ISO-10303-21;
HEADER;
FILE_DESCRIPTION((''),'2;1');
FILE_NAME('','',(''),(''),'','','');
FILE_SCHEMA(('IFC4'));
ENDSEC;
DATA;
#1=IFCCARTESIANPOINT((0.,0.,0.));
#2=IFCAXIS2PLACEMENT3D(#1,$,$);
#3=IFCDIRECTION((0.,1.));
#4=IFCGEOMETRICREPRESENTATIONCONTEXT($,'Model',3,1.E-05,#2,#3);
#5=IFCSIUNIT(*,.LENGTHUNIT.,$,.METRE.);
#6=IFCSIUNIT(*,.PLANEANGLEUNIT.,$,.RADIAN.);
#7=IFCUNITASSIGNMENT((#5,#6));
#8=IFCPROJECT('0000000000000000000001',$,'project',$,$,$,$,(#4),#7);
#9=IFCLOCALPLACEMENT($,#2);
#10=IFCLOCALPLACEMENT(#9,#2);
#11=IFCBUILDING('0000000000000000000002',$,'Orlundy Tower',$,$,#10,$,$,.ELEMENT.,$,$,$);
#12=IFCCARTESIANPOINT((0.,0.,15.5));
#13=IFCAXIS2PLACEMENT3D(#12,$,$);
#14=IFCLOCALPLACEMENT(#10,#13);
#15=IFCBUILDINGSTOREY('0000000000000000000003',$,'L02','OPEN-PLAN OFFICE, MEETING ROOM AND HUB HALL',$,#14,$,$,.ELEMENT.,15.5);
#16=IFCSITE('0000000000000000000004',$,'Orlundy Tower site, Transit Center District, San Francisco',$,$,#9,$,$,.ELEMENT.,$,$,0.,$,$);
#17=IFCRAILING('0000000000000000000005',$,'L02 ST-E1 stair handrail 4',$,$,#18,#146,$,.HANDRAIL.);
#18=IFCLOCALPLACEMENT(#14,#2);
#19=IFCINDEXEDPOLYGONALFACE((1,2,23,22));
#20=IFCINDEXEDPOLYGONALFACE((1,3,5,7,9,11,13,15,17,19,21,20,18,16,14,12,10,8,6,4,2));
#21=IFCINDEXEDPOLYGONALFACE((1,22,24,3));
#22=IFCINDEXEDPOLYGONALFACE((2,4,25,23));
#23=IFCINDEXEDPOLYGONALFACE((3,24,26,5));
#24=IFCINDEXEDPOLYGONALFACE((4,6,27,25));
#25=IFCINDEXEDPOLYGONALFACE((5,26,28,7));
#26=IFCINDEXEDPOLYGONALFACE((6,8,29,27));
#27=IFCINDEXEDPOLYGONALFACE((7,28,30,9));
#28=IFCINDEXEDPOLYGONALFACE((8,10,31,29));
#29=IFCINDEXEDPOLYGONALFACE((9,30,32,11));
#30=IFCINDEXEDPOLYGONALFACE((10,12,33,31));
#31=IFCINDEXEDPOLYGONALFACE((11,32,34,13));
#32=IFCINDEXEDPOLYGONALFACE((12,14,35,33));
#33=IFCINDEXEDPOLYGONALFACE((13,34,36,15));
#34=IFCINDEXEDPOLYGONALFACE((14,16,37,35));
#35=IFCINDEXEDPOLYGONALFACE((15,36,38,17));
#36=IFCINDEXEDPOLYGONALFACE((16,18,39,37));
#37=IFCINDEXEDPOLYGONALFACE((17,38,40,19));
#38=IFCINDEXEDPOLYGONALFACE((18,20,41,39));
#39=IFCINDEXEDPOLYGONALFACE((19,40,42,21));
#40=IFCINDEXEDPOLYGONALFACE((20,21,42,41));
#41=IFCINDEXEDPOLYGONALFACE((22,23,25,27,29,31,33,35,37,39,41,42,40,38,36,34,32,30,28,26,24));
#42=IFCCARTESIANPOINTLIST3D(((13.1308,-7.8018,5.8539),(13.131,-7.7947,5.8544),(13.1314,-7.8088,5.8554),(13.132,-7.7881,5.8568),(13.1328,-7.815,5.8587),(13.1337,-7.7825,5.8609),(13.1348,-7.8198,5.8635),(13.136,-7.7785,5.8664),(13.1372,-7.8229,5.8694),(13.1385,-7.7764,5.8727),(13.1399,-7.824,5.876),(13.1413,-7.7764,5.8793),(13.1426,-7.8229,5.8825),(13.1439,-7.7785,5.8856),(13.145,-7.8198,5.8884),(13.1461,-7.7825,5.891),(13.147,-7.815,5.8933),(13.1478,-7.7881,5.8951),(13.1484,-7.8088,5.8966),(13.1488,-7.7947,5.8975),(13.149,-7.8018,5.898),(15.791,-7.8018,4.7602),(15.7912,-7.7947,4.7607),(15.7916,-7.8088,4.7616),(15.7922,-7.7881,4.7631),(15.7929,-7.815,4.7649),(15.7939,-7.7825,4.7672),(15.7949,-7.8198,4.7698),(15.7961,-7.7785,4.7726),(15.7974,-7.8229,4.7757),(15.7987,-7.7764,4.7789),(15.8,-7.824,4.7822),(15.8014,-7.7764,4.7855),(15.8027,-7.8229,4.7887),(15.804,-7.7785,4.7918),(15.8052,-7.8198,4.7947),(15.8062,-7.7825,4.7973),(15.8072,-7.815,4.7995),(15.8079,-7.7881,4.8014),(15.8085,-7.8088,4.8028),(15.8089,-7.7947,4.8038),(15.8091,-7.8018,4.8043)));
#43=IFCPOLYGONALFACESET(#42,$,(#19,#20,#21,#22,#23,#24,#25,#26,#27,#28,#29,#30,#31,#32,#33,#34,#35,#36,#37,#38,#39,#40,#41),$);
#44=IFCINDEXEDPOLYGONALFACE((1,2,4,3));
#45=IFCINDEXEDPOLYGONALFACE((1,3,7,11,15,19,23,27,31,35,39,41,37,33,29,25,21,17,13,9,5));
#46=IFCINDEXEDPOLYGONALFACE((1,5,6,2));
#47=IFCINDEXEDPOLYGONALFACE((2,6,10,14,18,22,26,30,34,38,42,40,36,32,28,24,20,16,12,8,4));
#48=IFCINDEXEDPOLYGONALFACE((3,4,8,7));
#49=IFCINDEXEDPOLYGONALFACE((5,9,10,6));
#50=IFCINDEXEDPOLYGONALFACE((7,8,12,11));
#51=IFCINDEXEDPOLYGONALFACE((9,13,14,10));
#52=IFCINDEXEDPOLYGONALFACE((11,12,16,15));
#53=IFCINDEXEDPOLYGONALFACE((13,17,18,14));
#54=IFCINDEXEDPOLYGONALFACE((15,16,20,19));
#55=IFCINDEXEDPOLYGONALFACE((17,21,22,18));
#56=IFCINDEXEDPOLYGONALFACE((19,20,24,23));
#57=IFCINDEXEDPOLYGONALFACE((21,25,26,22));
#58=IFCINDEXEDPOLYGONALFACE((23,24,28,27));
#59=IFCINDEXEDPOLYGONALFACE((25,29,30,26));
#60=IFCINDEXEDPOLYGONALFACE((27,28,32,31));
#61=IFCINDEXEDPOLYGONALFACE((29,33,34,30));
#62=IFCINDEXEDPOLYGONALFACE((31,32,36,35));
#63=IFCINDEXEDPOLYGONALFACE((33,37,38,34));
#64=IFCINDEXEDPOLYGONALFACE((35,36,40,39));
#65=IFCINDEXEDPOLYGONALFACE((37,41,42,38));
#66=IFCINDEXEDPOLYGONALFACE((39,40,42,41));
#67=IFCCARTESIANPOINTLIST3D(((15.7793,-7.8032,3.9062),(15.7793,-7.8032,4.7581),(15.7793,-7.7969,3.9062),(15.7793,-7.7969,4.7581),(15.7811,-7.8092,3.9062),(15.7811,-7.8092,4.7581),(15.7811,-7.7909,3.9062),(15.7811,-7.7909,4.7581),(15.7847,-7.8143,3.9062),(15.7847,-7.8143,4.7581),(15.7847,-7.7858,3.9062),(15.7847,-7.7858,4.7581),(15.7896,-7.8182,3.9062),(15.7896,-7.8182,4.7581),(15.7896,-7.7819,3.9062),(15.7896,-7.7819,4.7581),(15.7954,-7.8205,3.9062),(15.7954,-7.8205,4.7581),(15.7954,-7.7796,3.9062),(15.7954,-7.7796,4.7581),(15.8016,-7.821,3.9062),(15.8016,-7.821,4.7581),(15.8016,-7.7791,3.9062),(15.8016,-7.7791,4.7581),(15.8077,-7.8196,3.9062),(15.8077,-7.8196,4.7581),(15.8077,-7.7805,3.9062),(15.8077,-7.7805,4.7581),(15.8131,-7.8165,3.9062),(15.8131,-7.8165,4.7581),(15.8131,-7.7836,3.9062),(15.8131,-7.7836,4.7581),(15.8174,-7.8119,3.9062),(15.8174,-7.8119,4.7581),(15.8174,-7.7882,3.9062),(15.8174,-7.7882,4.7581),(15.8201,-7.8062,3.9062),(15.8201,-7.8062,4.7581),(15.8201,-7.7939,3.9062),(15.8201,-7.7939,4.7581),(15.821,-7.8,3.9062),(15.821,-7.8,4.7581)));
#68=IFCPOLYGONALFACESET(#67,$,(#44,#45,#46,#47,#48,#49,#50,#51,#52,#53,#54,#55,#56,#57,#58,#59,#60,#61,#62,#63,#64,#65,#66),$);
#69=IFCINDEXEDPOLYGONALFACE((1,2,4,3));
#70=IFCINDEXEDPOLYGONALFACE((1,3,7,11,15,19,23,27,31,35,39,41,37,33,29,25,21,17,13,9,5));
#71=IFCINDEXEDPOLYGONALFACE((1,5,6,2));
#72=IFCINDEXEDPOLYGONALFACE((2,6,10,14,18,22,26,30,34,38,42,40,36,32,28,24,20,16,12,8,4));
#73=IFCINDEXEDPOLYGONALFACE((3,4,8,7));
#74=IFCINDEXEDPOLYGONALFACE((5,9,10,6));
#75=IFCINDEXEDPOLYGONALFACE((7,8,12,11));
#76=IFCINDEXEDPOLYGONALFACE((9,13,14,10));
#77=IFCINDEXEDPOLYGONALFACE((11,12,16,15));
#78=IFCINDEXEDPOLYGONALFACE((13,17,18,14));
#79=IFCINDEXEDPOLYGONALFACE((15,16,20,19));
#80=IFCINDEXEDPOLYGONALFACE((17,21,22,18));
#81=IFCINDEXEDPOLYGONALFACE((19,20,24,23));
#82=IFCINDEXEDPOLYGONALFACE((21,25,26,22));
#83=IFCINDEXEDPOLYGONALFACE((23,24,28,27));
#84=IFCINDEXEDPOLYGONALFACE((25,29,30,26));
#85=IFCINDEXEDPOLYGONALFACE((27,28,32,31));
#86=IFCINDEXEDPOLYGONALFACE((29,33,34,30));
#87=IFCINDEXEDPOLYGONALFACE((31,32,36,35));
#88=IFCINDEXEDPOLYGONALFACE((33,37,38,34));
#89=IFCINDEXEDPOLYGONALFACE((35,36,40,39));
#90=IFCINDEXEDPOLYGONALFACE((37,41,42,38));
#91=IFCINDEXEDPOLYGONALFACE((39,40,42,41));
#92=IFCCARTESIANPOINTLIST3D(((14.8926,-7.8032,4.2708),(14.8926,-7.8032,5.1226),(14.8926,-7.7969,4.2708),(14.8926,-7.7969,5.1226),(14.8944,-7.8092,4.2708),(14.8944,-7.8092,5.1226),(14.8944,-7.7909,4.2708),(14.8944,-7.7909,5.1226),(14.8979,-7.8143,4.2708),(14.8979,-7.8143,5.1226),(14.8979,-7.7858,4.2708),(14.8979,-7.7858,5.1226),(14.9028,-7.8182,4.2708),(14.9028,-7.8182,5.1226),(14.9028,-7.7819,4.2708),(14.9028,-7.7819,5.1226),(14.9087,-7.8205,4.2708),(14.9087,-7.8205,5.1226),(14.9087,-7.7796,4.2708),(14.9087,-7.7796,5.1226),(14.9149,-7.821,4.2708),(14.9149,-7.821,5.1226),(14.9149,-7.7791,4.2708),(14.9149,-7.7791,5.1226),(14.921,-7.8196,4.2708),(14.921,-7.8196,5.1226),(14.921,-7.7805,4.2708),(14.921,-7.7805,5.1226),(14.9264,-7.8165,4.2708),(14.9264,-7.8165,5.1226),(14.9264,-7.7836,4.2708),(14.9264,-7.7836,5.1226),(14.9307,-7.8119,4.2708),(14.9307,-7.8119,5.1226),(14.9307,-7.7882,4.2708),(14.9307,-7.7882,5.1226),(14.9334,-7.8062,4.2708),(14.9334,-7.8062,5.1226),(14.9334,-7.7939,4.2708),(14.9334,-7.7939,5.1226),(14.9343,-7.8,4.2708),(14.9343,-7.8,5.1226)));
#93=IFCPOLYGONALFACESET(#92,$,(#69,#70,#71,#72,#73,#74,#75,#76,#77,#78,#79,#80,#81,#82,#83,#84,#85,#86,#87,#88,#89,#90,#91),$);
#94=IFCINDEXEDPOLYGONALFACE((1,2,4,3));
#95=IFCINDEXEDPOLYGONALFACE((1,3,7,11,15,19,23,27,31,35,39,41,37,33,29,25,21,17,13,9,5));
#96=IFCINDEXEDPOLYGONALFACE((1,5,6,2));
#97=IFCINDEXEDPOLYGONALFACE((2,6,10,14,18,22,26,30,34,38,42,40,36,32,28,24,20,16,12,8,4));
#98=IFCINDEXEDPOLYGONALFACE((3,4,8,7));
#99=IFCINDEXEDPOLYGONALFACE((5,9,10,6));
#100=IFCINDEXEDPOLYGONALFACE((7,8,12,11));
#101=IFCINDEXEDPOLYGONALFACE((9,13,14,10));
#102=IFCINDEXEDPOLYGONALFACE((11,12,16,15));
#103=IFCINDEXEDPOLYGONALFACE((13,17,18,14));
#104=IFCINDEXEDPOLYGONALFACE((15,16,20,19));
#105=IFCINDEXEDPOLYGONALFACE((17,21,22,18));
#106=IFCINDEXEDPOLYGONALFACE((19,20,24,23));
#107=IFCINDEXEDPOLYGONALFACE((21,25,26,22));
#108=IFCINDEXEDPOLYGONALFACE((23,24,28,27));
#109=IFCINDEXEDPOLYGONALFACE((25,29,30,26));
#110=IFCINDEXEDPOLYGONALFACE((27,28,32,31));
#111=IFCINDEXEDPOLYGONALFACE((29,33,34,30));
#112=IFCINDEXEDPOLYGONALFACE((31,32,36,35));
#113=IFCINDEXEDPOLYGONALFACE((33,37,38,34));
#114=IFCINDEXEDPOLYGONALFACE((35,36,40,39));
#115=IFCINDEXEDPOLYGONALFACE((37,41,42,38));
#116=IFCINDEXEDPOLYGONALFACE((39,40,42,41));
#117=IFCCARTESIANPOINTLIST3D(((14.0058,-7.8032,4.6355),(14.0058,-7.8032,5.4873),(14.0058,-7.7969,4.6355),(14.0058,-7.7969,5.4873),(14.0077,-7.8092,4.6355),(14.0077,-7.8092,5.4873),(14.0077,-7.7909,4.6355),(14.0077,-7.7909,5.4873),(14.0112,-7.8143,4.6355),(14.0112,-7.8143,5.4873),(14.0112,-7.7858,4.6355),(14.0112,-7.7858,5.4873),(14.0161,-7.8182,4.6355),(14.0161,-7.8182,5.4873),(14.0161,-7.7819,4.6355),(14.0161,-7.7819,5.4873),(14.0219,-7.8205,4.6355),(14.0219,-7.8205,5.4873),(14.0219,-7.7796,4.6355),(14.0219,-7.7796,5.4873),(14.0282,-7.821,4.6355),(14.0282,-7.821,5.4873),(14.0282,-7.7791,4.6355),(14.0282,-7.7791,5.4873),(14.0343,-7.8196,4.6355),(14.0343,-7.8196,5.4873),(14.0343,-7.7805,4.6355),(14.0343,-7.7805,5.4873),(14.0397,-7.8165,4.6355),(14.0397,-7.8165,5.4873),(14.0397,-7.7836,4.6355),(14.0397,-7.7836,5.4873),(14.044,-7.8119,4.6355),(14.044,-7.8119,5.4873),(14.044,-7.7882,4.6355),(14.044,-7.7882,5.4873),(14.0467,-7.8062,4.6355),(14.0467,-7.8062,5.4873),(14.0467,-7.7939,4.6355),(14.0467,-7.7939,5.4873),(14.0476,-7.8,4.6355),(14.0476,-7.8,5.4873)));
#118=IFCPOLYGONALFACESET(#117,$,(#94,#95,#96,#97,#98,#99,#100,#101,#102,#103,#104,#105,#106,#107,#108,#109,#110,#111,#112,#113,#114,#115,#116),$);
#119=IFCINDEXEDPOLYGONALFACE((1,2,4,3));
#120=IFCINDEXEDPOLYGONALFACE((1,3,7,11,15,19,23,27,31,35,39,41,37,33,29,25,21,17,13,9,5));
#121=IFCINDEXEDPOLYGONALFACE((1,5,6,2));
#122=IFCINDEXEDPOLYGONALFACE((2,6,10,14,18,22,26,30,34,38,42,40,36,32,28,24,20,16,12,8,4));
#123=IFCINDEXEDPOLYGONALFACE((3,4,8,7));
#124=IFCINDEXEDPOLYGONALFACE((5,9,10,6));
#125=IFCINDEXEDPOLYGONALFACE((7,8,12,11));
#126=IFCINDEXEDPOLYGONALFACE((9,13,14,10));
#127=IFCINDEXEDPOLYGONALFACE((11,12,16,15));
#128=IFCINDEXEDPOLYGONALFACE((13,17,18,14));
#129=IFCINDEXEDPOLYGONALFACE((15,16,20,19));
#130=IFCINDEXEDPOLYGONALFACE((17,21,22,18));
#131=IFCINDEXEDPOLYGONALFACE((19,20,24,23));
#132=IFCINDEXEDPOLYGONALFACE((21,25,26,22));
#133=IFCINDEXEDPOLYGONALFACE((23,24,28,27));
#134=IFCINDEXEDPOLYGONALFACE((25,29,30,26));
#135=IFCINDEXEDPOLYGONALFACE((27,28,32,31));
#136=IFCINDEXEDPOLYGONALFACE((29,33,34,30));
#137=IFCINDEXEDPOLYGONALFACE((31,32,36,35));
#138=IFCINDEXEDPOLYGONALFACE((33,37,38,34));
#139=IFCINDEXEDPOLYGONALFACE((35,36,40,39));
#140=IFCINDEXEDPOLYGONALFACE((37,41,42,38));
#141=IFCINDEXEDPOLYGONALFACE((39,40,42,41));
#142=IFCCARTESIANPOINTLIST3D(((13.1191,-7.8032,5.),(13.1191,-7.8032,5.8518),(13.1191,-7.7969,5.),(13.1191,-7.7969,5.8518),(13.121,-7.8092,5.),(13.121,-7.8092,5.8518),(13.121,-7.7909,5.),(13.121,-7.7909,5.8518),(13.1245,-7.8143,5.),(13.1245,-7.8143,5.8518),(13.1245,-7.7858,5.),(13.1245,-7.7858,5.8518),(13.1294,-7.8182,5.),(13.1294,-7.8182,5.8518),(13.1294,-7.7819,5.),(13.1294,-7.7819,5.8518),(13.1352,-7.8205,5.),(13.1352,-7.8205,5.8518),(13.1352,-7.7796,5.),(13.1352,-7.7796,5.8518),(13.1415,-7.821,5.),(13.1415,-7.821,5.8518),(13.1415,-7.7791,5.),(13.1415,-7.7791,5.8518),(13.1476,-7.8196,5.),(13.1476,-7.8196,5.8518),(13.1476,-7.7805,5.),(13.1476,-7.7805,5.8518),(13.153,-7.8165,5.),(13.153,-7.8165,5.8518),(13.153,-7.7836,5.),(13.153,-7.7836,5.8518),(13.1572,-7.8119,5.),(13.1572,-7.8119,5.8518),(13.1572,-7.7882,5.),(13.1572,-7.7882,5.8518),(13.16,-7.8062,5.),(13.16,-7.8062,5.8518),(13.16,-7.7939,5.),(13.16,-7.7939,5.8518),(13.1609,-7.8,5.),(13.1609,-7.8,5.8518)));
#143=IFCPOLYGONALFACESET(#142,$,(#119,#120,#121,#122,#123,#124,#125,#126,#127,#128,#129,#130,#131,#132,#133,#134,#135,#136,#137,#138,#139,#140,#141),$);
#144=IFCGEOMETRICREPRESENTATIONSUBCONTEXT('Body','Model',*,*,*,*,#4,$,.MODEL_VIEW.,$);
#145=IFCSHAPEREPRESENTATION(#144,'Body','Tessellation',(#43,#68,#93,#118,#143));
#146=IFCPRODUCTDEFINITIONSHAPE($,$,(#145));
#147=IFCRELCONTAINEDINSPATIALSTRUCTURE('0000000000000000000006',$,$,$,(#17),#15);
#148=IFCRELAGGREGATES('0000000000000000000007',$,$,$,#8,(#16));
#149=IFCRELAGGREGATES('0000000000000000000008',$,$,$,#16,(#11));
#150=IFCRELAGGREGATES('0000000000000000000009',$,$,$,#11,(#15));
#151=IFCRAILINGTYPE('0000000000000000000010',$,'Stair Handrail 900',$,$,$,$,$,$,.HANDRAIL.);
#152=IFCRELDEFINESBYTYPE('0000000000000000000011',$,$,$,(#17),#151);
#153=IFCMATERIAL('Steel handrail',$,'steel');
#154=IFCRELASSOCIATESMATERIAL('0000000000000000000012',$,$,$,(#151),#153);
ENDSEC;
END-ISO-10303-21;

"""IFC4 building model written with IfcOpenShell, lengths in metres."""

from ifc_helpers import new_model, si_unit, direction, frame, origin, origin_2d, place, context, subcontext, project, spatial, circle, extrude, material, type_object, element, save


model = new_model("IFC4")

# Units and contexts
model_context = context("Model", 3, precision=1e-05, world=origin(), true_north=direction((0.0, 1.0)))
body_context = subcontext(model_context, "Body", "Model", "MODEL_VIEW")
ifc_project = project(units=[si_unit("LENGTHUNIT", "METRE"), si_unit("PLANEANGLEUNIT", "RADIAN")], contexts=[model_context])

# Site, building, storey
site_placement = place(None, origin())
site = spatial("IfcSite", under=ifc_project, at=site_placement, Name="Orlundy Tower site, Transit Center District, San Francisco", CompositionType="ELEMENT", RefElevation=0.0)
building_placement = place(site_placement, origin())
building = spatial("IfcBuilding", under=site, at=building_placement, Name="Orlundy Tower", CompositionType="ELEMENT")
storey_placement = place(building_placement, frame((0.0, 0.0, 15.5)))
storey = spatial("IfcBuildingStorey", under=building, at=storey_placement, Name="L02", Description="OPEN-PLAN OFFICE, MEETING ROOM AND HUB HALL", CompositionType="ELEMENT", Elevation=15.5)

# Railing
ifc_material_1 = material(Name="Steel handrail", Category="steel")
railing_type = type_object("IfcRailingType", Name="Stair Handrail 900", PredefinedType="HANDRAIL", material=ifc_material_1)
railing_placement = place(storey_placement, frame((15.8, -7.8, 3.9062)))
element("IfcRailing", 1, at=railing_placement, inside=storey, type_object=railing_type, Name="L02 ST-E1 stair handrail 4", PredefinedType="HANDRAIL", context=body_context, shape_type="SweptSolid", body=[
    extrude(circle(Radius=0.0239, at=origin_2d()), frame((0.0, 0.0, 0.876), z_axis=(-0.924875, 0.0, 0.380272), x_axis=(0.0, -1.0, 0.0)), (0.0, 0.0, 1.0), 2.8762),
    extrude(circle(Radius=0.021, at=origin_2d()), origin(), (0.0, 0.0, 1.0), 0.8518),
    extrude(circle(Radius=0.021, at=origin_2d()), frame((-0.8867, 0.0, 0.3645)), (0.0, 0.0, 1.0), 0.8518),
    extrude(circle(Radius=0.021, at=origin_2d()), frame((-1.7734, 0.0, 0.7292)), (0.0, 0.0, 1.0), 0.8518),
    extrude(circle(Radius=0.021, at=origin_2d()), frame((-2.6602, 0.0, 1.0938)), (0.0, 0.0, 1.0), 0.8518),
])

save(model, "model.ifc")
